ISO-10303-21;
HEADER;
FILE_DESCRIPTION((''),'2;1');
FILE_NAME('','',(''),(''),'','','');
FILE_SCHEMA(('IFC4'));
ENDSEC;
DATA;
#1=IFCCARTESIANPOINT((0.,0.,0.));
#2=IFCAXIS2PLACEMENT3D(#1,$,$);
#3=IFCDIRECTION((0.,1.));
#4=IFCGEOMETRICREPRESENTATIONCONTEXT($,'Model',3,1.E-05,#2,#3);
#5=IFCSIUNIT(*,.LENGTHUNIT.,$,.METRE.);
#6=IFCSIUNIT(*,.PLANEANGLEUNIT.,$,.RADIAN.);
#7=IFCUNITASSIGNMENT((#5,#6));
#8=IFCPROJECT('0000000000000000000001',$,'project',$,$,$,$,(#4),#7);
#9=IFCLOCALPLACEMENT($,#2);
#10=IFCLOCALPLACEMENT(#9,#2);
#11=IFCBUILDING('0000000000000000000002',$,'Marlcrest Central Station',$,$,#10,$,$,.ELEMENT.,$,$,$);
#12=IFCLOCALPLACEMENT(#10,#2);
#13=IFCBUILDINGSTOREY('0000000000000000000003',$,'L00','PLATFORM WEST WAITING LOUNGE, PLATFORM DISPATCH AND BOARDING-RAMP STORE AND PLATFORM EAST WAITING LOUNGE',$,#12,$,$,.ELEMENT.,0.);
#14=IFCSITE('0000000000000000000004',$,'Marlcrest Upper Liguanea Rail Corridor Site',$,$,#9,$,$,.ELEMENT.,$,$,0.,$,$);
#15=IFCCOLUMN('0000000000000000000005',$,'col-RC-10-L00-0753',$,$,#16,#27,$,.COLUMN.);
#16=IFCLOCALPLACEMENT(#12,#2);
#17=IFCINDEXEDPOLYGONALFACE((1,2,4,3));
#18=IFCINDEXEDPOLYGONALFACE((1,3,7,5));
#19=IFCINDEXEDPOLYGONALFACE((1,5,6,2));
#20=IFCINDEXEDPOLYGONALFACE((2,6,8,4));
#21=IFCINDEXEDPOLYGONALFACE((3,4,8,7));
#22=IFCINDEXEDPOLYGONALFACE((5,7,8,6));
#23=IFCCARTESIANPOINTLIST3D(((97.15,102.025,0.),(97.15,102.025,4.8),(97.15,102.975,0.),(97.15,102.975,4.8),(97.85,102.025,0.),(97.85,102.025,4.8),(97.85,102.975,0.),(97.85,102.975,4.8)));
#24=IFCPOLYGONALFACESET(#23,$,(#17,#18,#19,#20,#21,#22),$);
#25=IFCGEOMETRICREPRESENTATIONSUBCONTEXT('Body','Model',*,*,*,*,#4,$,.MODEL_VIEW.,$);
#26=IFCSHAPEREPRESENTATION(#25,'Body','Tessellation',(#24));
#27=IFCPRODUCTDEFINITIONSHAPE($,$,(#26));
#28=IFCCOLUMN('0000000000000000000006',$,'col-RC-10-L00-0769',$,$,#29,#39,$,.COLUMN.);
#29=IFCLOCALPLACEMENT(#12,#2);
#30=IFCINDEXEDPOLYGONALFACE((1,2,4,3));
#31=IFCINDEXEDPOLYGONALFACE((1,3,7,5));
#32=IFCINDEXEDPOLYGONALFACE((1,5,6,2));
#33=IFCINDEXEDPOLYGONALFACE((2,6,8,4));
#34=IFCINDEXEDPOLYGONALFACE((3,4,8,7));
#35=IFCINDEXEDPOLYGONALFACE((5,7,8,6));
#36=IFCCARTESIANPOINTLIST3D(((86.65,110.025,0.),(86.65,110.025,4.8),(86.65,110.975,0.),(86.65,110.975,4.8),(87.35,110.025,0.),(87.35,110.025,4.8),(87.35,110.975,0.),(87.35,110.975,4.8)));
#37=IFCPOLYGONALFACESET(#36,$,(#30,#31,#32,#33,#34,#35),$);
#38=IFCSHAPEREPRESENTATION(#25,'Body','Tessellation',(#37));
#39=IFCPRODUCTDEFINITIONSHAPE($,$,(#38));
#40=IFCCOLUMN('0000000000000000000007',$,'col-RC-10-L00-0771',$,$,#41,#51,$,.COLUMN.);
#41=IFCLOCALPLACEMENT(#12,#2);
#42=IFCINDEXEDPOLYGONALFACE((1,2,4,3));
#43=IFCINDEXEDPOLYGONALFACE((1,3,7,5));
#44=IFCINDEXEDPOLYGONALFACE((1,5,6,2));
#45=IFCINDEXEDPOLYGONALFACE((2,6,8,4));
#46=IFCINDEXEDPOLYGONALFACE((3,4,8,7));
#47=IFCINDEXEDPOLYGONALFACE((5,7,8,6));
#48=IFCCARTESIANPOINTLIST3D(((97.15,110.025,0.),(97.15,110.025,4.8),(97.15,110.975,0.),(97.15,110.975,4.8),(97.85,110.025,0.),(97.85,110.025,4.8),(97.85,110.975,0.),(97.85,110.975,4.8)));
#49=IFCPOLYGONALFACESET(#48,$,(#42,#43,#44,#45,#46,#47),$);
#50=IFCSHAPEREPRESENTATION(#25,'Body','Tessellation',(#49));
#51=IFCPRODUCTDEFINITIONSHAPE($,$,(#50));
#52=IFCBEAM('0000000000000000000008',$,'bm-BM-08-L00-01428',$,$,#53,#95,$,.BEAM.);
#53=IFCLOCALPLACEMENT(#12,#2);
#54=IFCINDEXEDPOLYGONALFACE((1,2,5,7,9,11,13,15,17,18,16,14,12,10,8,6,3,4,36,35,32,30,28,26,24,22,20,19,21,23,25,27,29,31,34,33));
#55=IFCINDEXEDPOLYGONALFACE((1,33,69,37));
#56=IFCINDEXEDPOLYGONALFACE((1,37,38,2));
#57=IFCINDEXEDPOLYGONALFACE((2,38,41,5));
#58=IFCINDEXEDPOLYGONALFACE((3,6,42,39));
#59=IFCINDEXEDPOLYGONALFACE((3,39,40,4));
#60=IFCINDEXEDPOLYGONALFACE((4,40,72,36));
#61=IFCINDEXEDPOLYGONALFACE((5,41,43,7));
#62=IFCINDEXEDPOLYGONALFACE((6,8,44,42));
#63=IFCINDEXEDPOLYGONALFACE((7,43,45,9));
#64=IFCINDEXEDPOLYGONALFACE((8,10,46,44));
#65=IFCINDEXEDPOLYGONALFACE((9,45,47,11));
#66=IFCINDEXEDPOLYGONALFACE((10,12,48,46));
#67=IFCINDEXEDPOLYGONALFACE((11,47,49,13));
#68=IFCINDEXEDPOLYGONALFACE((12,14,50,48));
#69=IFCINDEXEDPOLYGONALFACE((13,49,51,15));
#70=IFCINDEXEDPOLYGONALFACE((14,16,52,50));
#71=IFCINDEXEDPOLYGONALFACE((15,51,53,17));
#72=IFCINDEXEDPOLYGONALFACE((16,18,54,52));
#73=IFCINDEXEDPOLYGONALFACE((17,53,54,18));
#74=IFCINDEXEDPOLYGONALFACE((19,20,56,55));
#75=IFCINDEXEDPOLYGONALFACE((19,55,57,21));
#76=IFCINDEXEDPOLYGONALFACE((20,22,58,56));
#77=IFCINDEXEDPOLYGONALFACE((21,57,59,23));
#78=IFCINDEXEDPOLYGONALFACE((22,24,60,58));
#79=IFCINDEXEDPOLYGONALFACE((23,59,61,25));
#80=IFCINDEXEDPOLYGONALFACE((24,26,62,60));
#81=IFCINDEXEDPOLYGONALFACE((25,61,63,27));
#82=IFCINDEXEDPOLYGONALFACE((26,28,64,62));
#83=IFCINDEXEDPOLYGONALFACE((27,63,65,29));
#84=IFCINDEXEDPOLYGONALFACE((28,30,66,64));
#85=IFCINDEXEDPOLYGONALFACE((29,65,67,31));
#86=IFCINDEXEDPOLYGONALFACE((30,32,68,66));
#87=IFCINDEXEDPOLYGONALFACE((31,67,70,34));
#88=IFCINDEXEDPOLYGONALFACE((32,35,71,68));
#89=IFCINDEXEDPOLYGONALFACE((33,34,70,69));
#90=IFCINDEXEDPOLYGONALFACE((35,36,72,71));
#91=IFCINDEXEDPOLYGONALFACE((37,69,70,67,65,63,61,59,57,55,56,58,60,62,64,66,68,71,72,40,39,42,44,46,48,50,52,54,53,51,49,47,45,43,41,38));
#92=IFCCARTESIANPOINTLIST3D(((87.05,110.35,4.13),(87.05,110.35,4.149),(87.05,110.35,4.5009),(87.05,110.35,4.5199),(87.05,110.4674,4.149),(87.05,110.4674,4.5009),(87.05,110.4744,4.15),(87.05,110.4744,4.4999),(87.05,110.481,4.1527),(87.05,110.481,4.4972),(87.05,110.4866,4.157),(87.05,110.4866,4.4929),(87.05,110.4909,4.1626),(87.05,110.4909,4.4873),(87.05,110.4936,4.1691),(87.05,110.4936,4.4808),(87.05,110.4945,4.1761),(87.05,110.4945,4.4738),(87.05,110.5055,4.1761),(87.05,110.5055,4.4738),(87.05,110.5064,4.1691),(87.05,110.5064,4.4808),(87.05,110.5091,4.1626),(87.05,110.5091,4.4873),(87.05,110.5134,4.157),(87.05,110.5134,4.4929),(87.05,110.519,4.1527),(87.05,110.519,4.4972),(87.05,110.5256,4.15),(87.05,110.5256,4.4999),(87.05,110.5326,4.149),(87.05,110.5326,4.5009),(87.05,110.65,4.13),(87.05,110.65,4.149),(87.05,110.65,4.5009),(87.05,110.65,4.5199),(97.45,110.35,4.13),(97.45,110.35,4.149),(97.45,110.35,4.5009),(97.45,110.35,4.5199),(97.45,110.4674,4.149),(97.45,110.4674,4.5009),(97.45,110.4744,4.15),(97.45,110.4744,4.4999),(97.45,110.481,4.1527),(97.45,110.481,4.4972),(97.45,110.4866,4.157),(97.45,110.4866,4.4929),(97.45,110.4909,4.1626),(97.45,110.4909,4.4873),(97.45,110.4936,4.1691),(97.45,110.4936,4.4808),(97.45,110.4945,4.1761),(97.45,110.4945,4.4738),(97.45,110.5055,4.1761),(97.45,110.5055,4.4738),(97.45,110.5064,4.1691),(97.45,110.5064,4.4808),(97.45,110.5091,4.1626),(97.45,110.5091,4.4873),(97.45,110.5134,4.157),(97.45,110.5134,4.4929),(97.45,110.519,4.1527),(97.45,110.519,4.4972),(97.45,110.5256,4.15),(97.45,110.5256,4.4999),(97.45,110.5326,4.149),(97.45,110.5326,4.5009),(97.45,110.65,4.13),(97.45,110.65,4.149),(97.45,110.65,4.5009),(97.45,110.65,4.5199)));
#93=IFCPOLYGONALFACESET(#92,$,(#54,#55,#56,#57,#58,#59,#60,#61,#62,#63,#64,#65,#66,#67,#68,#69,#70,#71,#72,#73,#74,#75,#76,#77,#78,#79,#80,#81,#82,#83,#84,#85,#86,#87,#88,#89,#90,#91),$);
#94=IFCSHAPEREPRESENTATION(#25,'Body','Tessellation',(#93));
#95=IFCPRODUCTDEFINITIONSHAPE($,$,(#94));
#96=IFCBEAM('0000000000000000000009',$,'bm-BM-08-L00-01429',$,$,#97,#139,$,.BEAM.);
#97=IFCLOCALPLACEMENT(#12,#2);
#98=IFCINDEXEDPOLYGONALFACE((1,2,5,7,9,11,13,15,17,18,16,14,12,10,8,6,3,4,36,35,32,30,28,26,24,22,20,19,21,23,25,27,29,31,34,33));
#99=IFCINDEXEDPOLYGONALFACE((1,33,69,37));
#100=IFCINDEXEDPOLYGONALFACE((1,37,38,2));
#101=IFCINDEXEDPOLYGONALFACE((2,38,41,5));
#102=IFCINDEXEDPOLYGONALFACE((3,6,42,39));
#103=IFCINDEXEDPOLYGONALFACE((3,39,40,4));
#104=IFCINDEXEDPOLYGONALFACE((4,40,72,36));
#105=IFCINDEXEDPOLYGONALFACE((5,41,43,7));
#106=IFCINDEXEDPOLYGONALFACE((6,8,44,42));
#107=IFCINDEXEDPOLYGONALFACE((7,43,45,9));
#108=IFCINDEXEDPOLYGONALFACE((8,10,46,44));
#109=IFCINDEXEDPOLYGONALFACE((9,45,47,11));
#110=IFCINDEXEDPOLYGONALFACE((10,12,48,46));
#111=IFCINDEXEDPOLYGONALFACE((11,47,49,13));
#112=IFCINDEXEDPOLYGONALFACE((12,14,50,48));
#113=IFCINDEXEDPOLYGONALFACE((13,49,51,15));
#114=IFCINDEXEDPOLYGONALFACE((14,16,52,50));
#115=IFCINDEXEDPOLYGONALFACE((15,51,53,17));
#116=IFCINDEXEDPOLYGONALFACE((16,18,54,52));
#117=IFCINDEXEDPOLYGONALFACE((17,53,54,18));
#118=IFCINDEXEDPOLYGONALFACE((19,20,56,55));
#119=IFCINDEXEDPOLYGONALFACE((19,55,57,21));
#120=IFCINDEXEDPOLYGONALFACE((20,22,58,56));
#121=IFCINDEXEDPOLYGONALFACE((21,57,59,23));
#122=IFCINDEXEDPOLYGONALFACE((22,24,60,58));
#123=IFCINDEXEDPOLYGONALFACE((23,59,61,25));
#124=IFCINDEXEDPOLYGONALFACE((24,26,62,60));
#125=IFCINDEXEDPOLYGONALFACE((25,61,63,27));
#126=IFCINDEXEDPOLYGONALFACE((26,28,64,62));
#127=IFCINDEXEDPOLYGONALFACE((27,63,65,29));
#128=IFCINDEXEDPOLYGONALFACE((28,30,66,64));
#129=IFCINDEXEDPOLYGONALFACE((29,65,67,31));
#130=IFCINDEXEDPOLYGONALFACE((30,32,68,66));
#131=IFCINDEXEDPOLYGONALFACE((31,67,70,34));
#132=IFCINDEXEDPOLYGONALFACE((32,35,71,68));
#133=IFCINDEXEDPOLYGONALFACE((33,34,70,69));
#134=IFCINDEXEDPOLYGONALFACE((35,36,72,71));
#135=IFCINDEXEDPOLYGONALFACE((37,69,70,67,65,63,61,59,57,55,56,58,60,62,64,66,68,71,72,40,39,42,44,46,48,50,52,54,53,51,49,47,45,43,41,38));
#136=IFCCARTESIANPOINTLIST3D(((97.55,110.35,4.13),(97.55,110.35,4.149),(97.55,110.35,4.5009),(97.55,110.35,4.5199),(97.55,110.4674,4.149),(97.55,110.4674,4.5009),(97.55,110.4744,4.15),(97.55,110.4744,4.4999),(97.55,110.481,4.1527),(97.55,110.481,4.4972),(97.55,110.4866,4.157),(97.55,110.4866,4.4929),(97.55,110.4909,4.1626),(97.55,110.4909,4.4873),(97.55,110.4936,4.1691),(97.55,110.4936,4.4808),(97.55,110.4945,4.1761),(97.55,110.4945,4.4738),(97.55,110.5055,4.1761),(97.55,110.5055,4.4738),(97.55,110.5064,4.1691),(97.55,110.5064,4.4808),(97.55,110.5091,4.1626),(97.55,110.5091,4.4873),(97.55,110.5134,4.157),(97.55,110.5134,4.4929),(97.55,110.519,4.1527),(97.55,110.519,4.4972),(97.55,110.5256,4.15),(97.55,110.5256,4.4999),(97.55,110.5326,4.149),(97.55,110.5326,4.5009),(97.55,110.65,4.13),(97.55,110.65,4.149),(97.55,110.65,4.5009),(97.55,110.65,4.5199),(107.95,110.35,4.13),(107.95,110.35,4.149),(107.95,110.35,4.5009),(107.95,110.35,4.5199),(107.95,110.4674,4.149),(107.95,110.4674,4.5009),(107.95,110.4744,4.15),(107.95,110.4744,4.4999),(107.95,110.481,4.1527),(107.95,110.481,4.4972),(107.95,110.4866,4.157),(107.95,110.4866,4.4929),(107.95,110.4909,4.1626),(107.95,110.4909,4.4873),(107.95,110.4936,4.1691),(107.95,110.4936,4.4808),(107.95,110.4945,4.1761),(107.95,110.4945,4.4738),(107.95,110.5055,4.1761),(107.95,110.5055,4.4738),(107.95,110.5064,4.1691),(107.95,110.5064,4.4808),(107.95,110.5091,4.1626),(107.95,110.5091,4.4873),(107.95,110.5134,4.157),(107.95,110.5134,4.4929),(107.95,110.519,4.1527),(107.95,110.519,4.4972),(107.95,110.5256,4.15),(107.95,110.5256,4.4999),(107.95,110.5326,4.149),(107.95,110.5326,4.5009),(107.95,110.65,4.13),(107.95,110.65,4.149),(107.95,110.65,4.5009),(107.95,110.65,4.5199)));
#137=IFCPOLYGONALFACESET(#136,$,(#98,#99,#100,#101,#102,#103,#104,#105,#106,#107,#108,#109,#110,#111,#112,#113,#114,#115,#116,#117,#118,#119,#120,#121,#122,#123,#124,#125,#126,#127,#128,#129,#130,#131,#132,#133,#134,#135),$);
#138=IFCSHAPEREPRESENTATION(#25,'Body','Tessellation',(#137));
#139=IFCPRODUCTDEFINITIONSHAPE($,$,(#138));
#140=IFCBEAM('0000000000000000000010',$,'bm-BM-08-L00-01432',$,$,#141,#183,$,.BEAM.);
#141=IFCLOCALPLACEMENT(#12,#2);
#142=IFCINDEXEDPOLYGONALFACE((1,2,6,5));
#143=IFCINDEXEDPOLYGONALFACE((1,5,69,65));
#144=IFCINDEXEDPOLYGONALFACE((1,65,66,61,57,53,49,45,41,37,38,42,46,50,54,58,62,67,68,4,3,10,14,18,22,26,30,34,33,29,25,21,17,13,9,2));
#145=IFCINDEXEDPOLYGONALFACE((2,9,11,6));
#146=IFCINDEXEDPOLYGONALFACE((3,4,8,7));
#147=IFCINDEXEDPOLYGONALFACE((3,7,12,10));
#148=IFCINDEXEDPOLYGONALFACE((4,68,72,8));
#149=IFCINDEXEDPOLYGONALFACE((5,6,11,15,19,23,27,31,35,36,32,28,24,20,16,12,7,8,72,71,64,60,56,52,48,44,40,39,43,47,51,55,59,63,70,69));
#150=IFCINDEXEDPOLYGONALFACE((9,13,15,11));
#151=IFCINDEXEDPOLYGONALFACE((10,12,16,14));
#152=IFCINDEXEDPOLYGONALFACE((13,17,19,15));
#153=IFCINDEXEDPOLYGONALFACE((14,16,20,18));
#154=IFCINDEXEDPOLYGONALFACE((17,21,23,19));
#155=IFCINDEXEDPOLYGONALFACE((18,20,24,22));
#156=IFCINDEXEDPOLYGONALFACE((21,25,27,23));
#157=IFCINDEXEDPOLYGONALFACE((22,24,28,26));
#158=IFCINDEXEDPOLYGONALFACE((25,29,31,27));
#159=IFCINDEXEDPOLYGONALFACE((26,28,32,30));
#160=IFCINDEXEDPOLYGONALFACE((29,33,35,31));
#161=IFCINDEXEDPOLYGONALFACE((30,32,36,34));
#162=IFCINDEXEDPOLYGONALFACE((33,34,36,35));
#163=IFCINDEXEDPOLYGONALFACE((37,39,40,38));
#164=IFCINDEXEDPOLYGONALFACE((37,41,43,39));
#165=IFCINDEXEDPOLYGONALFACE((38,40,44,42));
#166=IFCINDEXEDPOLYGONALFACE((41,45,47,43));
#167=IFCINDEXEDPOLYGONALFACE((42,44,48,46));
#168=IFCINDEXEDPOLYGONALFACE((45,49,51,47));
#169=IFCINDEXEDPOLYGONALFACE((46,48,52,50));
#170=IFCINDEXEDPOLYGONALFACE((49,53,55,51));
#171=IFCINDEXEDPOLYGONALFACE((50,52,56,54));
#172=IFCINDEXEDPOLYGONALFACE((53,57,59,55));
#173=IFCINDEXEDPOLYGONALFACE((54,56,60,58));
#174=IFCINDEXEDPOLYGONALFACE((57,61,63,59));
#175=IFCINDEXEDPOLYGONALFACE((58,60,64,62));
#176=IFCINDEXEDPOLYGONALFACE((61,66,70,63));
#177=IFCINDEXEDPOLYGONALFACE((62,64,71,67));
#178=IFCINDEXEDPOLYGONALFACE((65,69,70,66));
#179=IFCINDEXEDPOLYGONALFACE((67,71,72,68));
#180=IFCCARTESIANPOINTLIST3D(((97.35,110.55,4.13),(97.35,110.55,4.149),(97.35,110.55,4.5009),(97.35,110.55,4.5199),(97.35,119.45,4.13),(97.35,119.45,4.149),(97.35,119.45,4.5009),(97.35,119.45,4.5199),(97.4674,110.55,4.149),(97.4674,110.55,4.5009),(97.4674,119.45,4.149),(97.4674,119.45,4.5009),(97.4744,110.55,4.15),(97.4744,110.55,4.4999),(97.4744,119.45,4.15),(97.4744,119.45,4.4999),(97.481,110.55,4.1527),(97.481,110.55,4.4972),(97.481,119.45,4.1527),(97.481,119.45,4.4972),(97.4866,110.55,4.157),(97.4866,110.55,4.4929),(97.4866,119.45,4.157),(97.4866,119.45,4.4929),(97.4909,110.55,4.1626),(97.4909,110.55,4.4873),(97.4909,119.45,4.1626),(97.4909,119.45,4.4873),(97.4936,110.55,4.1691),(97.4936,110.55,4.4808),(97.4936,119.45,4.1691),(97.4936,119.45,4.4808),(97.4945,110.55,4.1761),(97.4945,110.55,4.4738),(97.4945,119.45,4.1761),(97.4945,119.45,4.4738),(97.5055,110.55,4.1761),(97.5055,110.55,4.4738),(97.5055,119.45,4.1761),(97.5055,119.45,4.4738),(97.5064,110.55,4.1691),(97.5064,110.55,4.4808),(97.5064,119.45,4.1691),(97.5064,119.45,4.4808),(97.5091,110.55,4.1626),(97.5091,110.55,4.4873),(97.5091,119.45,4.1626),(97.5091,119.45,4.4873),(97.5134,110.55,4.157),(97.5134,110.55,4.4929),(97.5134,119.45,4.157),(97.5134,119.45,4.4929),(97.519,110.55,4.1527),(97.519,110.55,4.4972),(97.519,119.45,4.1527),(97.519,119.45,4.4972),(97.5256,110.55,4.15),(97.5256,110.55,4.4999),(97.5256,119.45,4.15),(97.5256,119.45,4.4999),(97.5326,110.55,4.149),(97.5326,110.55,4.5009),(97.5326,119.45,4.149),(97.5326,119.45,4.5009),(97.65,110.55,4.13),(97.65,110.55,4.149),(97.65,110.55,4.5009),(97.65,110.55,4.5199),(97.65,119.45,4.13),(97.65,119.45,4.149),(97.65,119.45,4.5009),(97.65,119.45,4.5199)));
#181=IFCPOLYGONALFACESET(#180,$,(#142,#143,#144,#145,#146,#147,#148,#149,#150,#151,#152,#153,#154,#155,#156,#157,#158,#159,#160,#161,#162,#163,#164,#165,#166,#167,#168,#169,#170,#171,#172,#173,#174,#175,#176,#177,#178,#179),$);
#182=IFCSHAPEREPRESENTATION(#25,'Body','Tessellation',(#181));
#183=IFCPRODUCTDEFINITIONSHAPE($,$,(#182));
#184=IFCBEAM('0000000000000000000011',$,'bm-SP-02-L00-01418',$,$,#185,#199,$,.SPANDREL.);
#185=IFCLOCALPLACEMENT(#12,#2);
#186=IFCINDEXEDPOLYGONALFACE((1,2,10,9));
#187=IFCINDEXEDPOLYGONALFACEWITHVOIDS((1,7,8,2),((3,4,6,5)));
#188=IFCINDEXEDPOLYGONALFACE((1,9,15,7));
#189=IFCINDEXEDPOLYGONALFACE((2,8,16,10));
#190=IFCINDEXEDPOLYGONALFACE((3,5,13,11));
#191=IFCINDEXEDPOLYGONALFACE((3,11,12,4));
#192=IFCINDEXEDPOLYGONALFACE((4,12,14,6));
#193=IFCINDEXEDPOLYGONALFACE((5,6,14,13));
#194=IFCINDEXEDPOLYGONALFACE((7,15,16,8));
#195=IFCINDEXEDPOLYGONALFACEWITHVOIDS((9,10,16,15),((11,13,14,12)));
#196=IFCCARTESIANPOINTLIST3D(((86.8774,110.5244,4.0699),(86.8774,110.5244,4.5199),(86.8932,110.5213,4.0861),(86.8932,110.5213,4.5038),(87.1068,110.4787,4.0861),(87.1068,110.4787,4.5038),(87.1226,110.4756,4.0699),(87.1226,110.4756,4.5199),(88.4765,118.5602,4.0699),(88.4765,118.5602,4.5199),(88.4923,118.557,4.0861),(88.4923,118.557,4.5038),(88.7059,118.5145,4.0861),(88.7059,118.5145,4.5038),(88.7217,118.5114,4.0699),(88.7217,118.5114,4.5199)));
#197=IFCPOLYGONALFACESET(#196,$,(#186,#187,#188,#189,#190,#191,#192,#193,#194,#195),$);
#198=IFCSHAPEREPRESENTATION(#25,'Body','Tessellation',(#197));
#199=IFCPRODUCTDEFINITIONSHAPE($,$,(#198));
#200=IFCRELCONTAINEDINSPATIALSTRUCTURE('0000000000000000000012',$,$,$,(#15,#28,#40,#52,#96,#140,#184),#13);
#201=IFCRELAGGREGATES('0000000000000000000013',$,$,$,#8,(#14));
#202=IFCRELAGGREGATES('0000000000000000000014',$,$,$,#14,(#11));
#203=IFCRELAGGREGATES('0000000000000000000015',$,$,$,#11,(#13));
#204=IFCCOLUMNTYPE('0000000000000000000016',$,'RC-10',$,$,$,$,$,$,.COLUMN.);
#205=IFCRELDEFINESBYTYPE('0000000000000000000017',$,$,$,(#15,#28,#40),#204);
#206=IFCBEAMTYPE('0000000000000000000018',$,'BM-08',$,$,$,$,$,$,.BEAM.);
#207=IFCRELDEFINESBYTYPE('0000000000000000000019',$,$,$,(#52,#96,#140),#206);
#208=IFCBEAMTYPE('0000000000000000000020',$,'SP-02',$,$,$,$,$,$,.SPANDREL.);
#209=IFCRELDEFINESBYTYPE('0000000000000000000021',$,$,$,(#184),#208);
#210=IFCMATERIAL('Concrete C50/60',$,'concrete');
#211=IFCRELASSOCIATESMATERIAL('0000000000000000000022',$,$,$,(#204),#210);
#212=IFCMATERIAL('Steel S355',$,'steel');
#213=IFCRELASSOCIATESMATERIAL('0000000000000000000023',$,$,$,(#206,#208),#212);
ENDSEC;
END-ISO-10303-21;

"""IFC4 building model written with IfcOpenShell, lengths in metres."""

from ifc_helpers import new_model, si_unit, direction, frame, origin, origin_2d, place, context, subcontext, project, spatial, rectangle, hollow_rectangle, i_section, extrude, material, material_profile, profile_set, type_object, element, save


model = new_model("IFC4")

# Units and contexts
model_context = context("Model", 3, precision=1e-05, world=origin(), true_north=direction((0.0, 1.0)))
body_context = subcontext(model_context, "Body", "Model", "MODEL_VIEW")
ifc_project = project(units=[si_unit("LENGTHUNIT", "METRE"), si_unit("PLANEANGLEUNIT", "RADIAN")], contexts=[model_context])

# Site, building, storey
site_placement = place(None, origin())
site = spatial("IfcSite", under=ifc_project, at=site_placement, Name="Marlcrest Upper Liguanea Rail Corridor Site", CompositionType="ELEMENT", RefElevation=0.0)
building_placement = place(site_placement, origin())
building = spatial("IfcBuilding", under=site, at=building_placement, Name="Marlcrest Central Station", CompositionType="ELEMENT")
storey_placement = place(building_placement, origin())
storey = spatial("IfcBuildingStorey", under=building, at=storey_placement, Name="L00", Description="PLATFORM WEST WAITING LOUNGE, PLATFORM DISPATCH AND BOARDING-RAMP STORE AND PLATFORM EAST WAITING LOUNGE", CompositionType="ELEMENT", Elevation=0.0)

# Columns
ifc_material_1 = material(Name="Concrete C50/60", Category="concrete")
ifc_material_profile_1 = material_profile(ifc_material_1, rectangle(XDim=0.7, YDim=0.95, at=origin_2d()), Name="RC 700x950")
ifc_profile_set_1 = profile_set([ifc_material_profile_1], Name="Concrete C50/60")
column_type = type_object("IfcColumnType", Name="RC-10", PredefinedType="COLUMN", material=ifc_profile_set_1)
for number, where, z_axis, x_axis, name in (
    (1, (97.5, 102.5, 0.0), (0.0, 0.0, 1.0), (1.0, 0.0, 0.0), "col-RC-10-L00-0753"),
    (2, (87.0, 110.5, 0.0), (0.0, 0.0, 1.0), (1.0, 0.0, 0.0), "col-RC-10-L00-0769"),
    (3, (97.5, 110.5, 0.0), (0.0, 0.0, 1.0), (1.0, 0.0, 0.0), "col-RC-10-L00-0771"),
):
    element("IfcColumn", number, at=place(storey_placement, frame(where, z_axis=z_axis, x_axis=x_axis)), inside=storey, type_object=column_type, Name=name, PredefinedType="COLUMN", context=body_context, shape_type="SweptSolid", body=[
        extrude(rectangle(XDim=0.7, YDim=0.95, at=origin_2d()), origin(), (0.0, 0.0, 1.0), 4.8),
    ])

# Beams
ifc_material_2 = material(Name="Steel S355", Category="steel")
ifc_material_profile_2 = material_profile(ifc_material_2, i_section(OverallWidth=0.3, OverallDepth=0.3899, WebThickness=0.011, FlangeThickness=0.019, FilletRadius=0.0271, at=origin_2d()), Name="HEA 400")
ifc_profile_set_2 = profile_set([ifc_material_profile_2], Name="Steel S355")
beam_type_1 = type_object("IfcBeamType", Name="BM-08", PredefinedType="BEAM", material=ifc_profile_set_2)
for number, where, z_axis, x_axis, name in (
    (4, (87.05, 110.5, 4.325), (1.0, 0.0, 0.0), (0.0, 1.0, 0.0), "bm-BM-08-L00-01428"),
    (5, (97.55, 110.5, 4.325), (1.0, 0.0, 0.0), (0.0, 1.0, 0.0), "bm-BM-08-L00-01429"),
):
    element("IfcBeam", number, at=place(storey_placement, frame(where, z_axis=z_axis, x_axis=x_axis)), inside=storey, type_object=beam_type_1, Name=name, PredefinedType="BEAM", context=body_context, shape_type="SweptSolid", body=[
        extrude(i_section(OverallWidth=0.3, OverallDepth=0.3899, WebThickness=0.011, FlangeThickness=0.019, FilletRadius=0.0271, at=origin_2d()), origin(), (0.0, 0.0, 1.0), 10.3999),
    ])
beam_1_placement = place(storey_placement, frame((97.5, 110.55, 4.325), z_axis=(0.0, 1.0, 0.0), x_axis=(-1.0, 0.0, 0.0)))
element("IfcBeam", 6, at=beam_1_placement, inside=storey, type_object=beam_type_1, Name="bm-BM-08-L00-01432", PredefinedType="BEAM", context=body_context, shape_type="SweptSolid", body=[
    extrude(i_section(OverallWidth=0.3, OverallDepth=0.3899, WebThickness=0.011, FlangeThickness=0.019, FilletRadius=0.0271, at=origin_2d()), origin(), (0.0, 0.0, 1.0), 8.8999),
])
ifc_material_profile_3 = material_profile(ifc_material_2, hollow_rectangle(XDim=0.25, YDim=0.45, WallThickness=0.0161, at=origin_2d()), Name="RHS 450x250x16")
ifc_profile_set_3 = profile_set([ifc_material_profile_3], Name="Steel S355")
beam_type_2 = type_object("IfcBeamType", Name="SP-02", PredefinedType="SPANDREL", material=ifc_profile_set_3)
beam_2_placement = place(storey_placement, frame((87.0, 110.5, 4.2949), z_axis=(0.195171, 0.980769, 0.0), x_axis=(-0.980769, 0.195171, 0.0)))
element("IfcBeam", 7, at=beam_2_placement, inside=storey, type_object=beam_type_2, Name="bm-SP-02-L00-01418", PredefinedType="SPANDREL", context=body_context, shape_type="SweptSolid", body=[
    extrude(hollow_rectangle(XDim=0.25, YDim=0.45, WallThickness=0.0161, at=origin_2d()), origin(), (0.0, 0.0, 1.0), 8.1934),
])

save(model, "model.ifc")
